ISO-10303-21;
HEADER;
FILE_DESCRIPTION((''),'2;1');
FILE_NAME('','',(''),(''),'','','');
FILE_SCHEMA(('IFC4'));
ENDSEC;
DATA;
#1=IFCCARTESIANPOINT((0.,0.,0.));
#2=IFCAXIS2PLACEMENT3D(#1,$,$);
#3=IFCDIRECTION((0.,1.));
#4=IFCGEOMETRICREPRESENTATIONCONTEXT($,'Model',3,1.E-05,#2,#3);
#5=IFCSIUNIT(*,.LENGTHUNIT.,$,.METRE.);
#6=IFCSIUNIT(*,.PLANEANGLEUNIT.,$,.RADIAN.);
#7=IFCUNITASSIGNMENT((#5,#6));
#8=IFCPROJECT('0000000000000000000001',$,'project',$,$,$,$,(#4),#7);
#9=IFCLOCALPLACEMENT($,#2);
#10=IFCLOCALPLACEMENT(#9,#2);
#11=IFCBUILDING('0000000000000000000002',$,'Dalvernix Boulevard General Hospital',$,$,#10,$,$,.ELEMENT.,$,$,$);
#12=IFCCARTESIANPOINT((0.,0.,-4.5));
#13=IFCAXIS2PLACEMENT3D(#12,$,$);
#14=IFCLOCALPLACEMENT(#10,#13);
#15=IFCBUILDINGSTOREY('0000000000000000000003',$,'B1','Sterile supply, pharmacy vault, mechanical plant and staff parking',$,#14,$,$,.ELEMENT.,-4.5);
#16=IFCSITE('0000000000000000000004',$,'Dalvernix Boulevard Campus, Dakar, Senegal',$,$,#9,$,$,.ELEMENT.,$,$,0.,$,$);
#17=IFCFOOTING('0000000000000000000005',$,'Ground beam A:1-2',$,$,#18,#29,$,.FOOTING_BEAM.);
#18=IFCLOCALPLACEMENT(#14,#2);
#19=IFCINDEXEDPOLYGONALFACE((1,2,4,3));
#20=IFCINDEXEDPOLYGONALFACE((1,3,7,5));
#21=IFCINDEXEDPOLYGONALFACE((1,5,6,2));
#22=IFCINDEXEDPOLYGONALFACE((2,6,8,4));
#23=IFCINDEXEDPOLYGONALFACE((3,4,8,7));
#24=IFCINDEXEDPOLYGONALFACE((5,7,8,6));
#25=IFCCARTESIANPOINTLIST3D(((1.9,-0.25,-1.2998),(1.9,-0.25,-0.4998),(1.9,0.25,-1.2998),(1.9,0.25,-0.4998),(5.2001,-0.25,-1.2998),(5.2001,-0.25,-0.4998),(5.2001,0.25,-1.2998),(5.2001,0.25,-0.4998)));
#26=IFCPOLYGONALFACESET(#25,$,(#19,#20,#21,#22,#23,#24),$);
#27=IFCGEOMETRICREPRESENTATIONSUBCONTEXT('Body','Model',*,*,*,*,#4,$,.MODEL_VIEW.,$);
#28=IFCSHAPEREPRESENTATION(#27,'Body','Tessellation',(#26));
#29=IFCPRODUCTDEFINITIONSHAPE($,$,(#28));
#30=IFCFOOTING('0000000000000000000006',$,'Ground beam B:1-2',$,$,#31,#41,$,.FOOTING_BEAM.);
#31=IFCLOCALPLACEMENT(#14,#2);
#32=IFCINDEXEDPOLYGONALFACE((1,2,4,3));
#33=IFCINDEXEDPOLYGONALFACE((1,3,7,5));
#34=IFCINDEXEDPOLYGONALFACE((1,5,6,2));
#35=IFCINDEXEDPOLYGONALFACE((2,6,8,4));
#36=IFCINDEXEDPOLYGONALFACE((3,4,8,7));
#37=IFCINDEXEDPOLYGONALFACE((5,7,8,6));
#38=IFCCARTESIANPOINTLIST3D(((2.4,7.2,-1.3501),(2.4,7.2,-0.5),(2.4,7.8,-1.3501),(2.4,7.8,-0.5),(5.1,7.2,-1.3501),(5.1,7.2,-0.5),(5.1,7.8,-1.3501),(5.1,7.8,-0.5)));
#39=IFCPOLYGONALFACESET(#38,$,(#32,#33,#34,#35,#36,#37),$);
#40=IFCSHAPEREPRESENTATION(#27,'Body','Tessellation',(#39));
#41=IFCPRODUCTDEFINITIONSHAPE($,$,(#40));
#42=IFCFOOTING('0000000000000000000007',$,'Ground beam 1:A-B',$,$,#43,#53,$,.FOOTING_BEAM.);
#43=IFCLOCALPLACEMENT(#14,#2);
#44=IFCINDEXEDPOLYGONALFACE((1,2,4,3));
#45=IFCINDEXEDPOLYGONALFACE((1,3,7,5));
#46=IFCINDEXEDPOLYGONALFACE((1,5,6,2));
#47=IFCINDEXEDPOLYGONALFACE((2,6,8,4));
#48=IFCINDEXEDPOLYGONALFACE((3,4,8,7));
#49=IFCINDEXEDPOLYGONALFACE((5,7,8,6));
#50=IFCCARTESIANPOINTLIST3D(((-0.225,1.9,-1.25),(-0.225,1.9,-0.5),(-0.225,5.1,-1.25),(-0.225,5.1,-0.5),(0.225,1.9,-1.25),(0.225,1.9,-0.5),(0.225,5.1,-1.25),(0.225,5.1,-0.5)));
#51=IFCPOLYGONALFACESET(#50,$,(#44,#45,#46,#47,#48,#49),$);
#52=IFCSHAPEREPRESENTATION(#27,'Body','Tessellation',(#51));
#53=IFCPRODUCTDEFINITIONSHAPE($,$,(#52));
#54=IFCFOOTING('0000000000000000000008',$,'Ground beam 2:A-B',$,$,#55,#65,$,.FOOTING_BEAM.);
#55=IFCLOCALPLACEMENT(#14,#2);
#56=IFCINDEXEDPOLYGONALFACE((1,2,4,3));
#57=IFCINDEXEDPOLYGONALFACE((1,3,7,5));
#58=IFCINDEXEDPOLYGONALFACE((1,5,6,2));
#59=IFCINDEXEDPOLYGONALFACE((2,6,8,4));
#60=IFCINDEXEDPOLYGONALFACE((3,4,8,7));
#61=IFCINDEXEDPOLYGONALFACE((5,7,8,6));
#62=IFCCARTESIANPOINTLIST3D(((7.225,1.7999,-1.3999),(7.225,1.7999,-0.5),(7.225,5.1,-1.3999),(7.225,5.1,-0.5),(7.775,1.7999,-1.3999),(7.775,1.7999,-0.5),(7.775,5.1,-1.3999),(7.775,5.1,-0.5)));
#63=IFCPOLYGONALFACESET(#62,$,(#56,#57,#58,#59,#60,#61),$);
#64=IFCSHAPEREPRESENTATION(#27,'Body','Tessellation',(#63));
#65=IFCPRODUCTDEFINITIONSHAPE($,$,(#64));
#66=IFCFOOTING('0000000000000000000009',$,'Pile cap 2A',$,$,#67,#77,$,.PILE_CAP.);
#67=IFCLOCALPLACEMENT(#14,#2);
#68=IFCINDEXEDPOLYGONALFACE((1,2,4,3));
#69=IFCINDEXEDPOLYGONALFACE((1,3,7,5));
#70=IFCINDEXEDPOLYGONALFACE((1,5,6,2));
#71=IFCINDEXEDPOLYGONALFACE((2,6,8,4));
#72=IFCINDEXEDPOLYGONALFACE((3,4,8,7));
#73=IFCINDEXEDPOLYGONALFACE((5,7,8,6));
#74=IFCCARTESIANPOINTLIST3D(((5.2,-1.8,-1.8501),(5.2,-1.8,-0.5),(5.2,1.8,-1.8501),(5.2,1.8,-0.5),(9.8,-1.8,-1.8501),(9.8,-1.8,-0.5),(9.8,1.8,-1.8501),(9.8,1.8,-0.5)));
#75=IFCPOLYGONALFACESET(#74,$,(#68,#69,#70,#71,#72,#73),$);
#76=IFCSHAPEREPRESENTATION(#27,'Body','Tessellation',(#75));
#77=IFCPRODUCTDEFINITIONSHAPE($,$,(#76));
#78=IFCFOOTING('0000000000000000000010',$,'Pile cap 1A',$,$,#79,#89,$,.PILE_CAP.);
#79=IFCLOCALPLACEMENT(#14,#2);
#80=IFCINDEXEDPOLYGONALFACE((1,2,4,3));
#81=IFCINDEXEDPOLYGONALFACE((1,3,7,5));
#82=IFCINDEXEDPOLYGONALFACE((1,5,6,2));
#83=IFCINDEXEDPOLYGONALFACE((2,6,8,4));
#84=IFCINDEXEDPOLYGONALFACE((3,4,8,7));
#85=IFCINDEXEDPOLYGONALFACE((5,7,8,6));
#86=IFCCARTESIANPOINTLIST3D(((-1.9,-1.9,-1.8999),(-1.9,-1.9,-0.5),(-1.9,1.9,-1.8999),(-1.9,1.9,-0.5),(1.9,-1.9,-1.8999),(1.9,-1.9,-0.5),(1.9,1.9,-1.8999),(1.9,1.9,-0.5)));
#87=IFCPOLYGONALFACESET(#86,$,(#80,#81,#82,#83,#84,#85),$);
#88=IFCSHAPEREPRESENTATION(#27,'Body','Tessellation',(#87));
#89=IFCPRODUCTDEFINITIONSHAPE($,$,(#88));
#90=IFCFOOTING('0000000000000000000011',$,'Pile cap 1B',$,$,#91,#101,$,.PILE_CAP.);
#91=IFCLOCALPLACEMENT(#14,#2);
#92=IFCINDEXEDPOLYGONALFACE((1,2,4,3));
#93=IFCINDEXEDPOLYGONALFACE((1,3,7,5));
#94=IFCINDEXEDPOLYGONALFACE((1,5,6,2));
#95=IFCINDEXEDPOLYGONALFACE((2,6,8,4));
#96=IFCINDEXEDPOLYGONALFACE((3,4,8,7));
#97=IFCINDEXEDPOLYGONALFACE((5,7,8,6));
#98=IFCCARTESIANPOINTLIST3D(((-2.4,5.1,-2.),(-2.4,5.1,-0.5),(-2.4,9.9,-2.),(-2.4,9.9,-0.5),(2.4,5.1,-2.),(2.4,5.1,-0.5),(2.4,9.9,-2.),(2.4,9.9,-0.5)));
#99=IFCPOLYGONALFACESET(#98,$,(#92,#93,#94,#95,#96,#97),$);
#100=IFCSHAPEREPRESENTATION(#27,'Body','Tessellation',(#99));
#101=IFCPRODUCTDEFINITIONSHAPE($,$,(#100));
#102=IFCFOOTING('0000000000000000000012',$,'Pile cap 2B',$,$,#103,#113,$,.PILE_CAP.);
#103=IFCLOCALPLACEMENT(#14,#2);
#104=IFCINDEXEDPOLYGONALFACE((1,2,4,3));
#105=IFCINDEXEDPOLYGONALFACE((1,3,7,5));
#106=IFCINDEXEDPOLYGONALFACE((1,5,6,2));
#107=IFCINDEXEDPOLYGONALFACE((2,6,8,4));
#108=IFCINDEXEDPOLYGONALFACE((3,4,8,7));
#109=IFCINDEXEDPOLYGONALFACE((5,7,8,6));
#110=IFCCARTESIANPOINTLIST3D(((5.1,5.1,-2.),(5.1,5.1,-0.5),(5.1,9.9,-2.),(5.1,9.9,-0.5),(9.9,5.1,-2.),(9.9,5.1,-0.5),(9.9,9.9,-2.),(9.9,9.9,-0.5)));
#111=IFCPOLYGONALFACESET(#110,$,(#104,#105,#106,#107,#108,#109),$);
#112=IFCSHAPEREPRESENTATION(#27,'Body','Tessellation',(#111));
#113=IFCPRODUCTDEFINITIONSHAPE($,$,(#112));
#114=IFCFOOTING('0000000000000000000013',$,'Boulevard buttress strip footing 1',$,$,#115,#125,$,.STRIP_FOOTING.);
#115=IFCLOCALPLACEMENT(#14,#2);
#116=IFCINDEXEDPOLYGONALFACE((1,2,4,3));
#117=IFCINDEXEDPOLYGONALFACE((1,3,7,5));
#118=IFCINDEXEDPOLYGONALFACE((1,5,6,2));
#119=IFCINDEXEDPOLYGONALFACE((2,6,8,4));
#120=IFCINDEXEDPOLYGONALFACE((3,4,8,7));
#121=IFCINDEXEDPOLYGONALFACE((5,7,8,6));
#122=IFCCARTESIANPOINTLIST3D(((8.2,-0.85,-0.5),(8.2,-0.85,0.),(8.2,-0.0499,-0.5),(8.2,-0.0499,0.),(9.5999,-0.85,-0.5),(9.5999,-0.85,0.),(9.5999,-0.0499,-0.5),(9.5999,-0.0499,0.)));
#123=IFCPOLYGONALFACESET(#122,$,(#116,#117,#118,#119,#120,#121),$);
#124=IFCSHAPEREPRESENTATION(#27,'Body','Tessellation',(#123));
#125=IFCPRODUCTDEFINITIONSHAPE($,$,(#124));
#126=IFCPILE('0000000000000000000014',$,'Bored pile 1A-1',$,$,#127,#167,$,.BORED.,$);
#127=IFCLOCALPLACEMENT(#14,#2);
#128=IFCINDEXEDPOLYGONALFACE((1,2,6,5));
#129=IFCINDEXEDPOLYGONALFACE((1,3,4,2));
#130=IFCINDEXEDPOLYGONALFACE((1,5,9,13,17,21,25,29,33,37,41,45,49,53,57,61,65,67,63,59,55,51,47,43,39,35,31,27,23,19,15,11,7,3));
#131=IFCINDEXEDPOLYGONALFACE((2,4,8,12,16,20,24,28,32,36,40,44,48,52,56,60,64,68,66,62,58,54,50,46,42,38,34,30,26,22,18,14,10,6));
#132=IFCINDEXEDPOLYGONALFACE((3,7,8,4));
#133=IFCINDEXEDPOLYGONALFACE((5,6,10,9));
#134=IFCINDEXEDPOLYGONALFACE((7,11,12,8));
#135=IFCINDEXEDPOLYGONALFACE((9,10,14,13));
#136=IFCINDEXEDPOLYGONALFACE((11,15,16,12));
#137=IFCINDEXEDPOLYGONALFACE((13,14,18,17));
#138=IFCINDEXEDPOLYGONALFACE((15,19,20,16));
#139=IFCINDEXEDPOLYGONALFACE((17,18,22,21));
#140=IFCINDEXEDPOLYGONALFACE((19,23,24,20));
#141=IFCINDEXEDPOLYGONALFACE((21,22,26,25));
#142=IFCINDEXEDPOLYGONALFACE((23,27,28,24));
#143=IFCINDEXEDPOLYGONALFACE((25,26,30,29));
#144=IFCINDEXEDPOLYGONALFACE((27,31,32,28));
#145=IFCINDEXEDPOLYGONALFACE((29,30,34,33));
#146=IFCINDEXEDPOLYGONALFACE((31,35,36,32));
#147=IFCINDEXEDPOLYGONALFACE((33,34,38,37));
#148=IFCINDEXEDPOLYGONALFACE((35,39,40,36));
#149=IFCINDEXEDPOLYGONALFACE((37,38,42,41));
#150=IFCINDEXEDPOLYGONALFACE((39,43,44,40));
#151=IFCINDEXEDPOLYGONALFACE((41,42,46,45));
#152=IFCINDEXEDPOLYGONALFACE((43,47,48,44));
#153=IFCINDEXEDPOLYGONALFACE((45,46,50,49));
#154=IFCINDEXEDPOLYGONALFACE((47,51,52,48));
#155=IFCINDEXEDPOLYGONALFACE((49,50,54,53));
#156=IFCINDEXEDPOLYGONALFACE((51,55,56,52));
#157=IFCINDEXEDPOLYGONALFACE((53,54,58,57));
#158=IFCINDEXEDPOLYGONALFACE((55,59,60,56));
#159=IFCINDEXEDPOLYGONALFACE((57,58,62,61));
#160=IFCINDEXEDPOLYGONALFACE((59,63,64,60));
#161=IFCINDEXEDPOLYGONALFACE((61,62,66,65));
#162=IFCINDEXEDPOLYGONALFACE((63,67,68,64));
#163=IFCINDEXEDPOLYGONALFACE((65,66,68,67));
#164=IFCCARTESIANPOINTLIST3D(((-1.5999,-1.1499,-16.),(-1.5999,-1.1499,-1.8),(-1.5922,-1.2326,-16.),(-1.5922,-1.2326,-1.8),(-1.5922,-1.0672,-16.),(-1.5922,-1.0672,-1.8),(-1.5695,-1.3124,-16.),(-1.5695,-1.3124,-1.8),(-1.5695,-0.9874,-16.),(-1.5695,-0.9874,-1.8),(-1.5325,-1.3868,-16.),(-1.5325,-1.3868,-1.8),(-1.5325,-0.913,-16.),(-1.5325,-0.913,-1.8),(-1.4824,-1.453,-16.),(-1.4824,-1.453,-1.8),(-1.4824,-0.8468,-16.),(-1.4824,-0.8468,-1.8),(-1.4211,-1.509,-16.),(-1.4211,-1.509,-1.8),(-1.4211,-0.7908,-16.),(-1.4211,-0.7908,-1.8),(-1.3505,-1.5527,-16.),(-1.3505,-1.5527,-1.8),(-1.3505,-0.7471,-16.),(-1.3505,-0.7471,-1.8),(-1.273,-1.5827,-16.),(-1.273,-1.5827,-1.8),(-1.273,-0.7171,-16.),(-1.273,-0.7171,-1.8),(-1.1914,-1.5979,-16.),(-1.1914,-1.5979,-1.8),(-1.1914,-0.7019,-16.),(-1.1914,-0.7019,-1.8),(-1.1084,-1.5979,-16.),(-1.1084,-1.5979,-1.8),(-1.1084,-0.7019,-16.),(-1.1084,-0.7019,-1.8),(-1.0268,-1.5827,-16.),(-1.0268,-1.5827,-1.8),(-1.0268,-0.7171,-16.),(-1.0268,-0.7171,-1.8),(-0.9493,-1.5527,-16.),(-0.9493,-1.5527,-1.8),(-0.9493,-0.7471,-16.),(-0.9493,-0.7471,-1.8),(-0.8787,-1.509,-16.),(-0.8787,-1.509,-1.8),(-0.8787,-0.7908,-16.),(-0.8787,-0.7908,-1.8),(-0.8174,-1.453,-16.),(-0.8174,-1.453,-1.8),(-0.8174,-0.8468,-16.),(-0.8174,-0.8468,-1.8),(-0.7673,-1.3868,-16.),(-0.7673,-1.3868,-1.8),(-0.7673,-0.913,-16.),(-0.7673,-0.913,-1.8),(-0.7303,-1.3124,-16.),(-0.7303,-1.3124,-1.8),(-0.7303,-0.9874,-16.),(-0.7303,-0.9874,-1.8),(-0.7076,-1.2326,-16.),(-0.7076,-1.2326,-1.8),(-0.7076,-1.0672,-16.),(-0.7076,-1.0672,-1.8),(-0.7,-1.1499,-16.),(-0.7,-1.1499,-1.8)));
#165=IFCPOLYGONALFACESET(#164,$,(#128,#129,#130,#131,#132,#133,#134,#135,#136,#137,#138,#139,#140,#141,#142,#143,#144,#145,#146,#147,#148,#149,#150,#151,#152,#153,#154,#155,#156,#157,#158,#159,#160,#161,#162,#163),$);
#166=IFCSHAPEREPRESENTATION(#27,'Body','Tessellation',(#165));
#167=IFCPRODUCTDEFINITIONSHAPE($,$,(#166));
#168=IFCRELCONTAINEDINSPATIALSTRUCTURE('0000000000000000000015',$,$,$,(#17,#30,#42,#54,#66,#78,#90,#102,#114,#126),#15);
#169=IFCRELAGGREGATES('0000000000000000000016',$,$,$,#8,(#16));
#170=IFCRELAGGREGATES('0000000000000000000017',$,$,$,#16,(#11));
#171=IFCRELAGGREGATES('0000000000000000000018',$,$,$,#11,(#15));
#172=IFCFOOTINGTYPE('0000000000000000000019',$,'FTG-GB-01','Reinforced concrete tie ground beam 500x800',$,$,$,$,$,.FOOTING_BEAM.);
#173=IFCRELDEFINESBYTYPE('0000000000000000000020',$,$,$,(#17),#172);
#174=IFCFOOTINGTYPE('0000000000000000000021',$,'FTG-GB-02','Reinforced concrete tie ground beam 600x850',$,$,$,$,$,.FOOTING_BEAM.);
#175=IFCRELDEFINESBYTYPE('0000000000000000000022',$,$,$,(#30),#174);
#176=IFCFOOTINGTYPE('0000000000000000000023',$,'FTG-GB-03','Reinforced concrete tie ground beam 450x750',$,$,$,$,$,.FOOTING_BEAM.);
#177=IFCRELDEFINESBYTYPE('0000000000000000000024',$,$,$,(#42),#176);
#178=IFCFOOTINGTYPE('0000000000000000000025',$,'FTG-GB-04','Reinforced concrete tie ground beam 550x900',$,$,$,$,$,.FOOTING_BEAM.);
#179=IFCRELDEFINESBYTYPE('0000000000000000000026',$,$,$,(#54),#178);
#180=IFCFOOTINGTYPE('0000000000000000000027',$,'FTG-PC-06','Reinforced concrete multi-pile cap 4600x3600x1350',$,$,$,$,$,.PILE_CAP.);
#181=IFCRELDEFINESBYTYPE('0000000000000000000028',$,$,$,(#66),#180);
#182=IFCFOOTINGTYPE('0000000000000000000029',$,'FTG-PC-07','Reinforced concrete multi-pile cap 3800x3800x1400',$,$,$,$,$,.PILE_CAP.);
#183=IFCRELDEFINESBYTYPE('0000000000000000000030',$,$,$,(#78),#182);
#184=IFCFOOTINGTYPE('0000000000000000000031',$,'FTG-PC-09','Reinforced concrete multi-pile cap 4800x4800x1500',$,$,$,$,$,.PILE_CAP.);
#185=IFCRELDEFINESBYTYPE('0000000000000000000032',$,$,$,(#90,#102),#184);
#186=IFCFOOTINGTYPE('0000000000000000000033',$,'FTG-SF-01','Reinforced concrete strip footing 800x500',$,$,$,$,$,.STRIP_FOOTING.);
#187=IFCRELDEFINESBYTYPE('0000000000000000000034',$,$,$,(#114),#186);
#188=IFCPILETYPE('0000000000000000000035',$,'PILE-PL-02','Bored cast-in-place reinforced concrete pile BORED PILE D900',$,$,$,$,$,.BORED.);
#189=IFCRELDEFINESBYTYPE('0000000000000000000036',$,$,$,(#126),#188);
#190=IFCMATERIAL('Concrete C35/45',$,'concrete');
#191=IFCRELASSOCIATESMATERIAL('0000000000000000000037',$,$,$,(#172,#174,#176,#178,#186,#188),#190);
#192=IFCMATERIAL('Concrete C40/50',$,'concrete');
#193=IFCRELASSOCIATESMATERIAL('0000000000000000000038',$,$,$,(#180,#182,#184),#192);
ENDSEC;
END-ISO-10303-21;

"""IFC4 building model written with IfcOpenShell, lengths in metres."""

from ifc_helpers import new_model, si_unit, direction, frame, origin, origin_2d, place, context, subcontext, project, spatial, rectangle, circle, extrude, material, material_profile, profile_set, type_object, element, save


model = new_model("IFC4")

# Units and contexts
model_context = context("Model", 3, precision=1e-05, world=origin(), true_north=direction((0.0, 1.0)))
body_context = subcontext(model_context, "Body", "Model", "MODEL_VIEW")
ifc_project = project(units=[si_unit("LENGTHUNIT", "METRE"), si_unit("PLANEANGLEUNIT", "RADIAN")], contexts=[model_context])

# Site, building, storey
site_placement = place(None, origin())
site = spatial("IfcSite", under=ifc_project, at=site_placement, Name="Dalvernix Boulevard Campus, Dakar, Senegal", CompositionType="ELEMENT", RefElevation=0.0)
building_placement = place(site_placement, origin())
building = spatial("IfcBuilding", under=site, at=building_placement, Name="Dalvernix Boulevard General Hospital", CompositionType="ELEMENT")
storey_placement = place(building_placement, frame((0.0, 0.0, -4.5)))
storey = spatial("IfcBuildingStorey", under=building, at=storey_placement, Name="B1", Description="Sterile supply, pharmacy vault, mechanical plant and staff parking", CompositionType="ELEMENT", Elevation=-4.5)

# Footings
ifc_material_1 = material(Name="Concrete C35/45", Category="concrete")
footing_type_1 = type_object("IfcFootingType", Name="FTG-GB-01", Description="Reinforced concrete tie ground beam 500x800", PredefinedType="FOOTING_BEAM", material=ifc_material_1)
footing_1_placement = place(storey_placement, frame((3.55, 0.0, -1.2998), z_axis=(0.0, 0.0, 1.0), x_axis=(1.0, 0.0, 0.0)))
element("IfcFooting", 1, at=footing_1_placement, inside=storey, type_object=footing_type_1, Name="Ground beam A:1-2", PredefinedType="FOOTING_BEAM", context=body_context, shape_type="SweptSolid", body=[
    extrude(rectangle(XDim=3.3, YDim=0.5, at=origin_2d()), origin(), (0.0, 0.0, 1.0), 0.8),
])
footing_type_2 = type_object("IfcFootingType", Name="FTG-GB-02", Description="Reinforced concrete tie ground beam 600x850", PredefinedType="FOOTING_BEAM", material=ifc_material_1)
footing_2_placement = place(storey_placement, frame((3.75, 7.5, -1.3501), z_axis=(0.0, 0.0, 1.0), x_axis=(1.0, 0.0, 0.0)))
element("IfcFooting", 2, at=footing_2_placement, inside=storey, type_object=footing_type_2, Name="Ground beam B:1-2", PredefinedType="FOOTING_BEAM", context=body_context, shape_type="SweptSolid", body=[
    extrude(rectangle(XDim=2.7, YDim=0.6001, at=origin_2d()), origin(), (0.0, 0.0, 1.0), 0.8501),
])
footing_type_3 = type_object("IfcFootingType", Name="FTG-GB-03", Description="Reinforced concrete tie ground beam 450x750", PredefinedType="FOOTING_BEAM", material=ifc_material_1)
footing_3_placement = place(storey_placement, frame((0.0, 3.5, -1.25), z_axis=(0.0, 0.0, 1.0), x_axis=(0.0, 1.0, 0.0)))
element("IfcFooting", 3, at=footing_3_placement, inside=storey, type_object=footing_type_3, Name="Ground beam 1:A-B", PredefinedType="FOOTING_BEAM", context=body_context, shape_type="SweptSolid", body=[
    extrude(rectangle(XDim=3.2, YDim=0.45, at=origin_2d()), origin(), (0.0, 0.0, 1.0), 0.75),
])
footing_type_4 = type_object("IfcFootingType", Name="FTG-GB-04", Description="Reinforced concrete tie ground beam 550x900", PredefinedType="FOOTING_BEAM", material=ifc_material_1)
footing_4_placement = place(storey_placement, frame((7.5, 3.45, -1.3999), z_axis=(0.0, 0.0, 1.0), x_axis=(0.0, 1.0, 0.0)))
element("IfcFooting", 4, at=footing_4_placement, inside=storey, type_object=footing_type_4, Name="Ground beam 2:A-B", PredefinedType="FOOTING_BEAM", context=body_context, shape_type="SweptSolid", body=[
    extrude(rectangle(XDim=3.3, YDim=0.55, at=origin_2d()), origin(), (0.0, 0.0, 1.0), 0.8999),
])
ifc_material_2 = material(Name="Concrete C40/50", Category="concrete")
footing_type_5 = type_object("IfcFootingType", Name="FTG-PC-06", Description="Reinforced concrete multi-pile cap 4600x3600x1350", PredefinedType="PILE_CAP", material=ifc_material_2)
footing_5_placement = place(storey_placement, frame((7.5, 0.0, -1.8501), z_axis=(0.0, 0.0, 1.0), x_axis=(1.0, 0.0, 0.0)))
element("IfcFooting", 5, at=footing_5_placement, inside=storey, type_object=footing_type_5, Name="Pile cap 2A", PredefinedType="PILE_CAP", context=body_context, shape_type="SweptSolid", body=[
    extrude(rectangle(XDim=4.6001, YDim=3.6001, at=origin_2d()), origin(), (0.0, 0.0, 1.0), 1.3501),
])
footing_type_6 = type_object("IfcFootingType", Name="FTG-PC-07", Description="Reinforced concrete multi-pile cap 3800x3800x1400", PredefinedType="PILE_CAP", material=ifc_material_2)
footing_6_placement = place(storey_placement, frame((0.0, 0.0, -1.8999), z_axis=(0.0, 0.0, 1.0), x_axis=(1.0, 0.0, 0.0)))
element("IfcFooting", 6, at=footing_6_placement, inside=storey, type_object=footing_type_6, Name="Pile cap 1A", PredefinedType="PILE_CAP", context=body_context, shape_type="SweptSolid", body=[
    extrude(rectangle(XDim=3.8, YDim=3.8, at=origin_2d()), origin(), (0.0, 0.0, 1.0), 1.3999),
])
footing_type_7 = type_object("IfcFootingType", Name="FTG-PC-09", Description="Reinforced concrete multi-pile cap 4800x4800x1500", PredefinedType="PILE_CAP", material=ifc_material_2)
for number, where, z_axis, x_axis, name in (
    (7, (0.0, 7.5, -2.0), (0.0, 0.0, 1.0), (1.0, 0.0, 0.0), "Pile cap 1B"),
    (8, (7.5, 7.5, -2.0), (0.0, 0.0, 1.0), (1.0, 0.0, 0.0), "Pile cap 2B"),
):
    element("IfcFooting", number, at=place(storey_placement, frame(where, z_axis=z_axis, x_axis=x_axis)), inside=storey, type_object=footing_type_7, Name=name, PredefinedType="PILE_CAP", context=body_context, shape_type="SweptSolid", body=[
        extrude(rectangle(XDim=4.8, YDim=4.8, at=origin_2d()), origin(), (0.0, 0.0, 1.0), 1.5),
    ])
footing_type_8 = type_object("IfcFootingType", Name="FTG-SF-01", Description="Reinforced concrete strip footing 800x500", PredefinedType="STRIP_FOOTING", material=ifc_material_1)
footing_7_placement = place(storey_placement, frame((8.8999, -0.45, -0.5), z_axis=(0.0, 0.0, 1.0), x_axis=(1.0, 0.0, 0.0)))
element("IfcFooting", 9, at=footing_7_placement, inside=storey, type_object=footing_type_8, Name="Boulevard buttress strip footing 1", PredefinedType="STRIP_FOOTING", context=body_context, shape_type="SweptSolid", body=[
    extrude(rectangle(XDim=1.3999, YDim=0.8, at=origin_2d()), origin(), (0.0, 0.0, 1.0), 0.5),
])

# Pile
ifc_material_profile_1 = material_profile(ifc_material_1, circle(Radius=0.45, at=origin_2d()), Name="BORED PILE D900")
ifc_profile_set_1 = profile_set([ifc_material_profile_1], Name="Concrete C35/45")
pile_type_1 = type_object("IfcPileType", Name="PILE-PL-02", Description="Bored cast-in-place reinforced concrete pile BORED PILE D900", PredefinedType="BORED", material=ifc_profile_set_1)
for number, where, z_axis, x_axis, name in (
    (10, (-1.1499, -1.1499, -1.8), (0.0, 0.0, -1.0), (1.0, 0.0, 0.0), "Bored pile 1A-1"),
):
    element("IfcPile", number, at=place(storey_placement, frame(where, z_axis=z_axis, x_axis=x_axis)), inside=storey, type_object=pile_type_1, Name=name, PredefinedType="BORED", context=body_context, shape_type="SweptSolid", body=[
        extrude(circle(Radius=0.45, at=origin_2d()), origin(), (0.0, 0.0, 1.0), 14.2),
    ])

save(model, "model.ifc")
